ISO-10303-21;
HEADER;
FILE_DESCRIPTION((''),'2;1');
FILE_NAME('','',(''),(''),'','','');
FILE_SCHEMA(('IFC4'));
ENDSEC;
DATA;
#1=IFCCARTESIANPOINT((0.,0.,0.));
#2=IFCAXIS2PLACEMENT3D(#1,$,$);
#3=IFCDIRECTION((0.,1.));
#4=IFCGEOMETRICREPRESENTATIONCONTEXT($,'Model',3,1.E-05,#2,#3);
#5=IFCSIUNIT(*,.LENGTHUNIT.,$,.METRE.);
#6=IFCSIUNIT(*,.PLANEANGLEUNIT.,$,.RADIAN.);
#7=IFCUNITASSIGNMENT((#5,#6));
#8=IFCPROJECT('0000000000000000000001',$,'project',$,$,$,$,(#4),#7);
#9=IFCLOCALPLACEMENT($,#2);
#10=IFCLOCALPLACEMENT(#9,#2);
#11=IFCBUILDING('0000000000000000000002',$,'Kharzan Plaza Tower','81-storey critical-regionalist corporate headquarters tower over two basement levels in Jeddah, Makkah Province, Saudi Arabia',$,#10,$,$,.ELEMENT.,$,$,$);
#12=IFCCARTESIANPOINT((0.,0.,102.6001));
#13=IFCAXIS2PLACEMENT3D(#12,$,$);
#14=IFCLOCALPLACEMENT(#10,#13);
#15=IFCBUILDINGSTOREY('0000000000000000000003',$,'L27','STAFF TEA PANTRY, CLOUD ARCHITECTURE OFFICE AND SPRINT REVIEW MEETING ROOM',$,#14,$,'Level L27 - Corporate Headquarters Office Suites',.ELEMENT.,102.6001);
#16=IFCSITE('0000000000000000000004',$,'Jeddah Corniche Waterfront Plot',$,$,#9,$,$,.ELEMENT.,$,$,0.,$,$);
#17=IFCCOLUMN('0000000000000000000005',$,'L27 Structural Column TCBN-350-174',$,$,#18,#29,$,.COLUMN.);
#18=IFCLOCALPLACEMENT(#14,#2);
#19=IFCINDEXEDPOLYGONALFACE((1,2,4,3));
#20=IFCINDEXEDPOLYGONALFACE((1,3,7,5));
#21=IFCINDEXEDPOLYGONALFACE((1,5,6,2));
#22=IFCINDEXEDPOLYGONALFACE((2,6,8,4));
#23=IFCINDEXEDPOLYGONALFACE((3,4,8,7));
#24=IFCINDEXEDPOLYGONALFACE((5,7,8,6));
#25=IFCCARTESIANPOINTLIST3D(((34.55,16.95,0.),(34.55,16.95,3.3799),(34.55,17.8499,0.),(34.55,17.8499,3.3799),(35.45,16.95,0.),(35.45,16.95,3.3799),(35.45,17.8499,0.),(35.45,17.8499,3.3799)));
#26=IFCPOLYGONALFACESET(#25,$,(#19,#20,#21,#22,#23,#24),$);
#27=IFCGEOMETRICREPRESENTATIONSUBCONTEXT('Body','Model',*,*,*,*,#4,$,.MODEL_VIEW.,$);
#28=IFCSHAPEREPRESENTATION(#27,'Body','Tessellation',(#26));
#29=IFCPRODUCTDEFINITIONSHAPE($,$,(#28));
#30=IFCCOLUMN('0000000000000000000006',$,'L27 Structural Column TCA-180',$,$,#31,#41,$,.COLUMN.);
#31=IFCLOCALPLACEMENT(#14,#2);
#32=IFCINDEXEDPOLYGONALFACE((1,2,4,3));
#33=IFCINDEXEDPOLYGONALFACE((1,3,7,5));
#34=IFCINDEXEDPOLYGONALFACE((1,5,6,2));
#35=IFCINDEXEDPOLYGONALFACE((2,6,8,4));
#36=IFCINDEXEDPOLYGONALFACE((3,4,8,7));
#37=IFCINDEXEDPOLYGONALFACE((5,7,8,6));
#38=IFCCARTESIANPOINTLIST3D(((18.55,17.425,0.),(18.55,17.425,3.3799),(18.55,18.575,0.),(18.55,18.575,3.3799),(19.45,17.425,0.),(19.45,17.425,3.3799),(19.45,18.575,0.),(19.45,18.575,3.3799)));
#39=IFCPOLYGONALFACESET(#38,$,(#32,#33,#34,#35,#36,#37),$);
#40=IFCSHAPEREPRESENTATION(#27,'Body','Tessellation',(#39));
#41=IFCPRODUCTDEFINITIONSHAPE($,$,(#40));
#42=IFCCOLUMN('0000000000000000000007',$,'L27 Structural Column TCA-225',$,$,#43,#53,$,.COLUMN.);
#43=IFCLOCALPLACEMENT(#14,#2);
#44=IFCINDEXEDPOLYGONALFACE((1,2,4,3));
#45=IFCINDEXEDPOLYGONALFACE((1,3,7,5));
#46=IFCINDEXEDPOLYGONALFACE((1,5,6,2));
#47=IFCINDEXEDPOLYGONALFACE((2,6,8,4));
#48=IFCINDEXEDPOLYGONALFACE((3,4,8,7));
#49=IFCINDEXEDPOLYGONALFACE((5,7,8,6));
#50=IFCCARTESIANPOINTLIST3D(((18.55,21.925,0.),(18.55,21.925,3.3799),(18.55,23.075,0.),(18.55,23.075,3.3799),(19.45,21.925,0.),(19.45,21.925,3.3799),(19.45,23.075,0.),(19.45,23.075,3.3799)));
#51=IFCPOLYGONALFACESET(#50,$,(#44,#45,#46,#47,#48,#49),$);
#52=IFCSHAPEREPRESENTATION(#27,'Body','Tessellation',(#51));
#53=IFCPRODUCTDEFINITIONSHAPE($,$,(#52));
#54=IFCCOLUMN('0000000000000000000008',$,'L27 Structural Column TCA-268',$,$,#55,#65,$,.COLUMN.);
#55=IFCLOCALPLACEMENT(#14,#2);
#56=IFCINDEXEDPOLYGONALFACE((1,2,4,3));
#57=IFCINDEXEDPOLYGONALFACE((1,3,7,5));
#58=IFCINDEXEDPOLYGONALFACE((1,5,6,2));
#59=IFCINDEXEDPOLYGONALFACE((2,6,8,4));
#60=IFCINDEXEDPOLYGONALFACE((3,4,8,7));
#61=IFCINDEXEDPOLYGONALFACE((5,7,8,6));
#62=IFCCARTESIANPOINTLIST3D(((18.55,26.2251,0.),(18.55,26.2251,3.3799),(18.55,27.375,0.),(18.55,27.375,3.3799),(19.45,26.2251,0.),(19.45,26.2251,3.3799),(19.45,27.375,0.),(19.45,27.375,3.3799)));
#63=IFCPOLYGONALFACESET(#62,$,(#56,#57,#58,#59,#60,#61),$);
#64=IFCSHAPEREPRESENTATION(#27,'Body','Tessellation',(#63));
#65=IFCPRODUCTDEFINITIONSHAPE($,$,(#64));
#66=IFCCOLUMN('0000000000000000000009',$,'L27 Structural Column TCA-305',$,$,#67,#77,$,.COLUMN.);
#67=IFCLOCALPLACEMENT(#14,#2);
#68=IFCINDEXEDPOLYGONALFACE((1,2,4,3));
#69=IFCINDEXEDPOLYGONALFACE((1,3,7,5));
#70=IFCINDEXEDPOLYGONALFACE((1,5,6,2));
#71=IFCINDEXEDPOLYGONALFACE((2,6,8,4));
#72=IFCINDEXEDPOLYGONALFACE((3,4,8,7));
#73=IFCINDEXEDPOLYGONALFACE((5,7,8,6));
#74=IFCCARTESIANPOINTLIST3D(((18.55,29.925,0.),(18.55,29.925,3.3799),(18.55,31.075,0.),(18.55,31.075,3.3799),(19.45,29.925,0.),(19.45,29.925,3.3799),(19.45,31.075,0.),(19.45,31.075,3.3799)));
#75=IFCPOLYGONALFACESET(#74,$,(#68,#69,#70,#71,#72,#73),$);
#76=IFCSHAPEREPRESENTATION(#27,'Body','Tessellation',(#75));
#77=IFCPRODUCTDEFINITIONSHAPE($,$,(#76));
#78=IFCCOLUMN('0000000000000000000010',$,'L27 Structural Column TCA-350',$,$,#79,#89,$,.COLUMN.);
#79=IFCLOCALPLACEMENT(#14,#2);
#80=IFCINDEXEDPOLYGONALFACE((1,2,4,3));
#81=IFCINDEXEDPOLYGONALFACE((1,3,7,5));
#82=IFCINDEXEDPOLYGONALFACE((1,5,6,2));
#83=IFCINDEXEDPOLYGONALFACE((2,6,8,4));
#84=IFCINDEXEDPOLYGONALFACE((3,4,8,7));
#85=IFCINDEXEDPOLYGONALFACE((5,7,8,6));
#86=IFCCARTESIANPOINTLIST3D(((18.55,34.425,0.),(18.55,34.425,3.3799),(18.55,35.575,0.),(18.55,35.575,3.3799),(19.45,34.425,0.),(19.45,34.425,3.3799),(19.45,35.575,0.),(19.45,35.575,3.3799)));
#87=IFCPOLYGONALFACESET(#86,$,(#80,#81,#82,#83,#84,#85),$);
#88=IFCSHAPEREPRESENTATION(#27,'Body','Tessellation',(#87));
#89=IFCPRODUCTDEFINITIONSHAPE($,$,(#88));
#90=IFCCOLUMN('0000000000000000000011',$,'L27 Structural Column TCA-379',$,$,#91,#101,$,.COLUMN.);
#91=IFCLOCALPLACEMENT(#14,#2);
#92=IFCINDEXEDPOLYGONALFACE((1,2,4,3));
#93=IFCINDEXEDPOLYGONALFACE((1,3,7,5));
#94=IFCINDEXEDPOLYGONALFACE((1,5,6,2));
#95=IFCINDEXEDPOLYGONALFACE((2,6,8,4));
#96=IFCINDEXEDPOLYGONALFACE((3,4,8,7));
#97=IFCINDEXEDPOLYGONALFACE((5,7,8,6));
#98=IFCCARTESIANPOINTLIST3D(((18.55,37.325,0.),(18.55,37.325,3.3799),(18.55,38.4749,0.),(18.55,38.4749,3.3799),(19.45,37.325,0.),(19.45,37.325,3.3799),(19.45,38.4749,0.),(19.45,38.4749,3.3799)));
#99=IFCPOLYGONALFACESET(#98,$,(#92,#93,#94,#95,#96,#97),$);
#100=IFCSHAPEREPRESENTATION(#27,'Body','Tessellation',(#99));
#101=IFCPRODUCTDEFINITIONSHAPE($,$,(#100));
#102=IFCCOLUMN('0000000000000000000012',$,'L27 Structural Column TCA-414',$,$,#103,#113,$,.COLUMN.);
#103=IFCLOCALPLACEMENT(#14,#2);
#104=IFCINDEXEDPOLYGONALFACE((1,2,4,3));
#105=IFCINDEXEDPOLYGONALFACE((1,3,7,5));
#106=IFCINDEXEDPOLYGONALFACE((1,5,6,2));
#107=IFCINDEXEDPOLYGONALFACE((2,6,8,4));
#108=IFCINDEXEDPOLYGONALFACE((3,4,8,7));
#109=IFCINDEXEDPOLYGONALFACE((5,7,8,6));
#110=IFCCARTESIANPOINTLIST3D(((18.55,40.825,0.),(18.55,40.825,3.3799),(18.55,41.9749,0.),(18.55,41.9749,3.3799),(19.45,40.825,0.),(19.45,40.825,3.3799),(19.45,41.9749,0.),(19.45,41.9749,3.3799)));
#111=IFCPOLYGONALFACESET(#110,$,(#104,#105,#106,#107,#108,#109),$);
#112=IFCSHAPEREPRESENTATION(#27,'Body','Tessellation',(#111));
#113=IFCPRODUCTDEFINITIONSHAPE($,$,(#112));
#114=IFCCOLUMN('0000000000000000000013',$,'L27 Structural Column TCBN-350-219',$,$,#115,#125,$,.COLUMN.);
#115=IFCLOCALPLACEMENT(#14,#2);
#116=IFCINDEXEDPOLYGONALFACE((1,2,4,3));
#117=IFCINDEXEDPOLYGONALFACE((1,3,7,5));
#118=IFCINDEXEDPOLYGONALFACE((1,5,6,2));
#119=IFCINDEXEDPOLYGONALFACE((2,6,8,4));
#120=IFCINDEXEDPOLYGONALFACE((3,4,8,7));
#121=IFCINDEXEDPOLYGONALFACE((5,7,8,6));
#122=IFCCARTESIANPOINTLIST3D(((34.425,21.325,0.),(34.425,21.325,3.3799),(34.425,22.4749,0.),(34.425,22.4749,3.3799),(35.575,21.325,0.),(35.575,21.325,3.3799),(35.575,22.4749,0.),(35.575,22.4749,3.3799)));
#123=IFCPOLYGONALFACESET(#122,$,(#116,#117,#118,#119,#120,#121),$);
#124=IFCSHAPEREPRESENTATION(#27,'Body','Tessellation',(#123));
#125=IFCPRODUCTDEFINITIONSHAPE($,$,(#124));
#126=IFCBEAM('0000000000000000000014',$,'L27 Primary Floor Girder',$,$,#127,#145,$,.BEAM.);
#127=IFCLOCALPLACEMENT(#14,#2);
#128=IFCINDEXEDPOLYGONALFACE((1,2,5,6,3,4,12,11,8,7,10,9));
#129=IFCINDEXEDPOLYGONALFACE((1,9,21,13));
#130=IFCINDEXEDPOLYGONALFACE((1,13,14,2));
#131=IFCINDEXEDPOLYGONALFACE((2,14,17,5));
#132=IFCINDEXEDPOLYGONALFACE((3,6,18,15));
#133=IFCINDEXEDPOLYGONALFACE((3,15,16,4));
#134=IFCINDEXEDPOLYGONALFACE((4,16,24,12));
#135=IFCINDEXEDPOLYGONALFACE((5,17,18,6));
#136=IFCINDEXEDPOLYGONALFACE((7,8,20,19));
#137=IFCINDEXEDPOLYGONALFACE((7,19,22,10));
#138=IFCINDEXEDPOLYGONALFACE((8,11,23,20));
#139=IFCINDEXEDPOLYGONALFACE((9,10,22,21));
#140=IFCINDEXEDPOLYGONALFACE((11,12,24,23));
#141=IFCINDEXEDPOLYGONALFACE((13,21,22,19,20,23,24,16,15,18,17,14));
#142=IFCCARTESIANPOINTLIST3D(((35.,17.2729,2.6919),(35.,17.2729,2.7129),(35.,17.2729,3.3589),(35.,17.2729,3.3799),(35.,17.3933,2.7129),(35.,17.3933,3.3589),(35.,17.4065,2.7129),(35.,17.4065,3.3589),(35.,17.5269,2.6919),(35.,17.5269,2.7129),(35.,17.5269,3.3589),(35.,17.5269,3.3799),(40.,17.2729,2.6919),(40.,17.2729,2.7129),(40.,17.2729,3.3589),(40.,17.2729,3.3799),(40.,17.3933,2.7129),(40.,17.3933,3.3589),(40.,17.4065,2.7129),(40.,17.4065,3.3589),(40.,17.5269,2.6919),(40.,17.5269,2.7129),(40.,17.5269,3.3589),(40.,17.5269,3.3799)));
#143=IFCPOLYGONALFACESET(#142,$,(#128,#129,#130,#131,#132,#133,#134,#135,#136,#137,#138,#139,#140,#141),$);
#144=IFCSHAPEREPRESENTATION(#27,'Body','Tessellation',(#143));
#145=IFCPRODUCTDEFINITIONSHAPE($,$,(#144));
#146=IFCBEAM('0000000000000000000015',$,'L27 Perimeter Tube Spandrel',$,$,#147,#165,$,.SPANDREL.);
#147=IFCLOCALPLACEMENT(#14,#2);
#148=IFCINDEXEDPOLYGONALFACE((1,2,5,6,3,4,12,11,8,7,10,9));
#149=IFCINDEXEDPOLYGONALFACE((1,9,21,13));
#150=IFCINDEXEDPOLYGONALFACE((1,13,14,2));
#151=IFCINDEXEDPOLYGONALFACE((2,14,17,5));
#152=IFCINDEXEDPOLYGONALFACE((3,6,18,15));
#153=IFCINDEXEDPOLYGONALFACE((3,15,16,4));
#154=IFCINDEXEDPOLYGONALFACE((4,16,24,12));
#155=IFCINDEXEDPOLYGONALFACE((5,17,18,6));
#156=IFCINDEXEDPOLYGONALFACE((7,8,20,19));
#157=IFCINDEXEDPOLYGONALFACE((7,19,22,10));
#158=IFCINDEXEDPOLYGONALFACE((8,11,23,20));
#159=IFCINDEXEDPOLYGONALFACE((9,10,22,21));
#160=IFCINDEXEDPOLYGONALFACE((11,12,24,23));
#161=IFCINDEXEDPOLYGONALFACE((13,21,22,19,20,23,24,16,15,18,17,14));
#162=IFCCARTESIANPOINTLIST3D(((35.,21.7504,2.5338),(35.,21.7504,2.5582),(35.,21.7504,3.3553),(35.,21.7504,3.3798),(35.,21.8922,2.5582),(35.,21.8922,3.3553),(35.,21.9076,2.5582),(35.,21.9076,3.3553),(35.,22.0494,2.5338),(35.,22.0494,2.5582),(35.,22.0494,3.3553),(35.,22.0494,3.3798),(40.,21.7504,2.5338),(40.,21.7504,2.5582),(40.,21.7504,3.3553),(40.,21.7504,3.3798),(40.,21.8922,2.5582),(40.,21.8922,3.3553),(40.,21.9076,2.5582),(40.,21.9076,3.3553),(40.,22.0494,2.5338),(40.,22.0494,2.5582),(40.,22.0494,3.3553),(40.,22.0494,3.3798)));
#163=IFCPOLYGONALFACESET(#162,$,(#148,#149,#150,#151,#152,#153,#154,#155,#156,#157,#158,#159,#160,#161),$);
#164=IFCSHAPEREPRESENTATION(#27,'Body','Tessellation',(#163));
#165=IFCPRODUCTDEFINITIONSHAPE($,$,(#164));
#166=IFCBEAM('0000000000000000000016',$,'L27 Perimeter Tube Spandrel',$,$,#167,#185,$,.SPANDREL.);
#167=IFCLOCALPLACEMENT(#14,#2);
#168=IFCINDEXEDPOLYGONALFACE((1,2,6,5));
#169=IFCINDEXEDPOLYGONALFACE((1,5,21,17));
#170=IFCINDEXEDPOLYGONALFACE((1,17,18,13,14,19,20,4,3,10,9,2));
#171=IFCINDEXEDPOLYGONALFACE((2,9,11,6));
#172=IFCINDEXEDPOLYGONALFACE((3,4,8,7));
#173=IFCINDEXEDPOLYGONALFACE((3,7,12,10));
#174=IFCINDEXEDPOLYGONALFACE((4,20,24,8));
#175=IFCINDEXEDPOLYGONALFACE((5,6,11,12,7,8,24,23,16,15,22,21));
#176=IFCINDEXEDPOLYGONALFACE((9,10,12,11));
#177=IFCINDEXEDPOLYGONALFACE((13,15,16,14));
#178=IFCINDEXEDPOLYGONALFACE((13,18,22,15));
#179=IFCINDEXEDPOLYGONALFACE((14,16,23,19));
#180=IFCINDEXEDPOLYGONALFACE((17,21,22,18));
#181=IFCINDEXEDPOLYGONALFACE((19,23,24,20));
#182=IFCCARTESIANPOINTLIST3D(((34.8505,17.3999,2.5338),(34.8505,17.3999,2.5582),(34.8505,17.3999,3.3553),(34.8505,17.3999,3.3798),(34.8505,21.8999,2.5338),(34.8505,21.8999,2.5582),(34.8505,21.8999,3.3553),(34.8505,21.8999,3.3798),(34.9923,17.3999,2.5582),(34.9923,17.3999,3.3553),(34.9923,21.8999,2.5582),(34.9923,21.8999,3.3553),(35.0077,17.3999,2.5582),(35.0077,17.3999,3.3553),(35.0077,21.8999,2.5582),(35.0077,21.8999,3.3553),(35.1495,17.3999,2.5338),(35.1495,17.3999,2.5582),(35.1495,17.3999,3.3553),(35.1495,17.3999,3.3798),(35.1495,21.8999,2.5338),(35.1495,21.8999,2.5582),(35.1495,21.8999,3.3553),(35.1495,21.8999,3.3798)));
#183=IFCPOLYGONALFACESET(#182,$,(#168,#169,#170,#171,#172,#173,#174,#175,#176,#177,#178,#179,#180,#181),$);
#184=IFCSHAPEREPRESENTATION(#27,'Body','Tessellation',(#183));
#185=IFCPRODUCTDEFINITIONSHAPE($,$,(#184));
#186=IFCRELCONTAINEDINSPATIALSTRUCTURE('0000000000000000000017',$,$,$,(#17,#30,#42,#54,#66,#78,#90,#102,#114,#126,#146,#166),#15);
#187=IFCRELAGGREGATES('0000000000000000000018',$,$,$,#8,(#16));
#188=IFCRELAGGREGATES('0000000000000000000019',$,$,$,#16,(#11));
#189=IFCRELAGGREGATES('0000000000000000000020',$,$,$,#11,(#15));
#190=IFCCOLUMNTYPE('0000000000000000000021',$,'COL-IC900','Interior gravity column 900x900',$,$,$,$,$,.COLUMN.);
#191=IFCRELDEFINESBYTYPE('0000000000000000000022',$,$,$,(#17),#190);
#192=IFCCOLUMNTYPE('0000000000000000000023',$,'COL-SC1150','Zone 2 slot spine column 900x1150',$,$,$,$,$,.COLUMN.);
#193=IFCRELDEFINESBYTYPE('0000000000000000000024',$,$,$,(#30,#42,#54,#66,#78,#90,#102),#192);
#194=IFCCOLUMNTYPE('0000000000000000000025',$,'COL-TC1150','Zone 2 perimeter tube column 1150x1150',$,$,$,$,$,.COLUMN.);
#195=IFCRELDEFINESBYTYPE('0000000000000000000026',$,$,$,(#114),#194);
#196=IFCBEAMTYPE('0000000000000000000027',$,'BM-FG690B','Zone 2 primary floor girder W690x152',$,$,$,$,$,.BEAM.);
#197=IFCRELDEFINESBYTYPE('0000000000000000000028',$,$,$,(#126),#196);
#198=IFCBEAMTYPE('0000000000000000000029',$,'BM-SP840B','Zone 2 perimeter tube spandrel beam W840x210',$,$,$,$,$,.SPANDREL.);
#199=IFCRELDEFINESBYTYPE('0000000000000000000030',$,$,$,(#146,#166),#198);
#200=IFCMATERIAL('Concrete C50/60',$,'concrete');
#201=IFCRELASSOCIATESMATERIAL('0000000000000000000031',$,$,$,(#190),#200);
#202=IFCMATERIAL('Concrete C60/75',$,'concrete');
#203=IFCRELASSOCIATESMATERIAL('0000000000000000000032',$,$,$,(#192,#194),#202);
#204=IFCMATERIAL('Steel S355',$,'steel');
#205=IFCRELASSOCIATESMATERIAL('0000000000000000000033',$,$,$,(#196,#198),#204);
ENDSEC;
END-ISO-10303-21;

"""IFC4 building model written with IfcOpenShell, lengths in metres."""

from ifc_helpers import new_model, si_unit, direction, frame, origin, origin_2d, place, context, subcontext, project, spatial, rectangle, i_section, extrude, source, transform, mapped, material, material_profile, profile_set, type_object, element, save


model = new_model("IFC4")

# Units and contexts
model_context = context("Model", 3, precision=1e-05, world=origin(), true_north=direction((0.0, 1.0)))
body_context = subcontext(model_context, "Body", "Model", "MODEL_VIEW")
ifc_project = project(units=[si_unit("LENGTHUNIT", "METRE"), si_unit("PLANEANGLEUNIT", "RADIAN")], contexts=[model_context])

# Site, building, storey
site_placement = place(None, origin())
site = spatial("IfcSite", under=ifc_project, at=site_placement, Name="Jeddah Corniche Waterfront Plot", CompositionType="ELEMENT", RefElevation=0.0)
building_placement = place(site_placement, origin())
building = spatial("IfcBuilding", under=site, at=building_placement, Name="Kharzan Plaza Tower", Description="81-storey critical-regionalist corporate headquarters tower over two basement levels in Jeddah, Makkah Province, Saudi Arabia", CompositionType="ELEMENT")
storey_placement = place(building_placement, frame((0.0, 0.0, 102.6001)))
storey = spatial("IfcBuildingStorey", under=building, at=storey_placement, Name="L27", Description="STAFF TEA PANTRY, CLOUD ARCHITECTURE OFFICE AND SPRINT REVIEW MEETING ROOM", LongName="Level L27 - Corporate Headquarters Office Suites", CompositionType="ELEMENT", Elevation=102.6001)

# Columns
ifc_material_1 = material(Name="Concrete C50/60", Category="concrete")
ifc_material_profile_1 = material_profile(ifc_material_1, rectangle(XDim=0.8999, YDim=0.8999, at=origin_2d()), Name="RC-IC900x900")
ifc_profile_set_1 = profile_set([ifc_material_profile_1], Name="Concrete C50/60")
column_type_1 = type_object("IfcColumnType", Name="COL-IC900", Description="Interior gravity column 900x900", PredefinedType="COLUMN", material=ifc_profile_set_1)
shared_shape_1 = source(origin(), body_context, "Body", "SweptSolid", [
    extrude(rectangle(XDim=0.8999, YDim=0.8999, at=origin_2d()), origin(), (0.0, 0.0, 1.0), 3.3799),
])
column_1_placement = place(storey_placement, frame((35.0, 17.3999, 0.0), z_axis=(0.0, 0.0, 1.0), x_axis=(1.0, 0.0, 0.0)))
element("IfcColumn", 1, at=column_1_placement, inside=storey, type_object=column_type_1, Name="L27 Structural Column TCBN-350-174", PredefinedType="COLUMN", context=body_context, shape_type="MappedRepresentation", body=[
    mapped(shared_shape_1, transform((0.0, 0.0, 0.0), x_axis=(1.0, 0.0, 0.0), y_axis=(0.0, 1.0, 0.0), z_axis=(0.0, 0.0, 1.0))),
])
ifc_material_2 = material(Name="Concrete C60/75", Category="concrete")
ifc_material_profile_2 = material_profile(ifc_material_2, rectangle(XDim=0.8999, YDim=1.1499, at=origin_2d()), Name="RC-SC1150x900")
ifc_profile_set_2 = profile_set([ifc_material_profile_2], Name="Concrete C60/75")
column_type_2 = type_object("IfcColumnType", Name="COL-SC1150", Description="Zone 2 slot spine column 900x1150", PredefinedType="COLUMN", material=ifc_profile_set_2)
shared_shape_2 = source(origin(), body_context, "Body", "SweptSolid", [
    extrude(rectangle(XDim=0.8999, YDim=1.1499, at=origin_2d()), origin(), (0.0, 0.0, 1.0), 3.3799),
])
for number, where, z_axis, x_axis, name in (
    (2, (19.0, 18.0, 0.0), (0.0, 0.0, 1.0), (1.0, 0.0, 0.0), "L27 Structural Column TCA-180"),
    (3, (19.0, 22.5, 0.0), (0.0, 0.0, 1.0), (1.0, 0.0, 0.0), "L27 Structural Column TCA-225"),
    (4, (19.0, 26.8, 0.0), (0.0, 0.0, 1.0), (1.0, 0.0, 0.0), "L27 Structural Column TCA-268"),
    (5, (19.0, 30.5, 0.0), (0.0, 0.0, 1.0), (1.0, 0.0, 0.0), "L27 Structural Column TCA-305"),
    (6, (19.0, 35.0, 0.0), (0.0, 0.0, 1.0), (1.0, 0.0, 0.0), "L27 Structural Column TCA-350"),
    (7, (19.0, 37.8999, 0.0), (0.0, 0.0, 1.0), (1.0, 0.0, 0.0), "L27 Structural Column TCA-379"),
    (8, (19.0, 41.3999, 0.0), (0.0, 0.0, 1.0), (1.0, 0.0, 0.0), "L27 Structural Column TCA-414"),
):
    element("IfcColumn", number, at=place(storey_placement, frame(where, z_axis=z_axis, x_axis=x_axis)), inside=storey, type_object=column_type_2, Name=name, PredefinedType="COLUMN", context=body_context, shape_type="MappedRepresentation", body=[
        mapped(shared_shape_2, transform((0.0, 0.0, 0.0), x_axis=(1.0, 0.0, 0.0), y_axis=(0.0, 1.0, 0.0), z_axis=(0.0, 0.0, 1.0))),
    ])
ifc_material_profile_3 = material_profile(ifc_material_2, rectangle(XDim=1.1499, YDim=1.1499, at=origin_2d()), Name="RC-TC1150x1150")
ifc_profile_set_3 = profile_set([ifc_material_profile_3], Name="Concrete C60/75")
column_type_3 = type_object("IfcColumnType", Name="COL-TC1150", Description="Zone 2 perimeter tube column 1150x1150", PredefinedType="COLUMN", material=ifc_profile_set_3)
shared_shape_3 = source(origin(), body_context, "Body", "SweptSolid", [
    extrude(rectangle(XDim=1.1499, YDim=1.1499, at=origin_2d()), origin(), (0.0, 0.0, 1.0), 3.3799),
])
column_2_placement = place(storey_placement, frame((35.0, 21.8999, 0.0), z_axis=(0.0, 0.0, 1.0), x_axis=(1.0, 0.0, 0.0)))
element("IfcColumn", 9, at=column_2_placement, inside=storey, type_object=column_type_3, Name="L27 Structural Column TCBN-350-219", PredefinedType="COLUMN", context=body_context, shape_type="MappedRepresentation", body=[
    mapped(shared_shape_3, transform((0.0, 0.0, 0.0), x_axis=(1.0, 0.0, 0.0), y_axis=(0.0, 1.0, 0.0), z_axis=(0.0, 0.0, 1.0))),
])

# Beams
ifc_material_3 = material(Name="Steel S355", Category="steel")
ifc_material_profile_4 = material_profile(ifc_material_3, i_section(OverallWidth=0.2539, OverallDepth=0.688, WebThickness=0.0132, FlangeThickness=0.021, at=origin_2d()), Name="W690x152")
ifc_profile_set_4 = profile_set([ifc_material_profile_4], Name="Steel S355")
beam_type_1 = type_object("IfcBeamType", Name="BM-FG690B", Description="Zone 2 primary floor girder W690x152", PredefinedType="BEAM", material=ifc_profile_set_4)
shared_shape_4 = source(origin(), body_context, "Body", "SweptSolid", [
    extrude(i_section(OverallWidth=0.2539, OverallDepth=0.688, WebThickness=0.0132, FlangeThickness=0.021, at=origin_2d()), origin(), (0.0, 0.0, 1.0), 5.0),
])
beam_1_placement = place(storey_placement, frame((35.0, 17.3999, 3.0359), z_axis=(1.0, 0.0, 0.0), x_axis=(0.0, 1.0, 0.0)))
element("IfcBeam", 10, at=beam_1_placement, inside=storey, type_object=beam_type_1, Name="L27 Primary Floor Girder", PredefinedType="BEAM", context=body_context, shape_type="MappedRepresentation", body=[
    mapped(shared_shape_4, transform((0.0, 0.0, 0.0), x_axis=(1.0, 0.0, 0.0), y_axis=(0.0, 1.0, 0.0), z_axis=(0.0, 0.0, 1.0))),
])
ifc_material_profile_5 = material_profile(ifc_material_3, i_section(OverallWidth=0.2991, OverallDepth=0.8459, WebThickness=0.0154, FlangeThickness=0.0244, at=origin_2d()), Name="W840x210")
ifc_profile_set_5 = profile_set([ifc_material_profile_5], Name="Steel S355")
beam_type_2 = type_object("IfcBeamType", Name="BM-SP840B", Description="Zone 2 perimeter tube spandrel beam W840x210", PredefinedType="SPANDREL", material=ifc_profile_set_5)
shared_shape_5 = source(origin(), body_context, "Body", "SweptSolid", [
    extrude(i_section(OverallWidth=0.2991, OverallDepth=0.8459, WebThickness=0.0154, FlangeThickness=0.0244, at=origin_2d()), origin(), (0.0, 0.0, 1.0), 5.0),
])
beam_2_placement = place(storey_placement, frame((35.0, 21.8999, 2.9568), z_axis=(1.0, 0.0, 0.0), x_axis=(0.0, 1.0, 0.0)))
element("IfcBeam", 11, at=beam_2_placement, inside=storey, type_object=beam_type_2, Name="L27 Perimeter Tube Spandrel", PredefinedType="SPANDREL", context=body_context, shape_type="MappedRepresentation", body=[
    mapped(shared_shape_5, transform((0.0, 0.0, 0.0), x_axis=(1.0, 0.0, 0.0), y_axis=(0.0, 1.0, 0.0), z_axis=(0.0, 0.0, 1.0))),
])
shared_shape_6 = source(origin(), body_context, "Body", "SweptSolid", [
    extrude(i_section(OverallWidth=0.2991, OverallDepth=0.8459, WebThickness=0.0154, FlangeThickness=0.0244, at=origin_2d()), origin(), (0.0, 0.0, 1.0), 4.5),
])
beam_3_placement = place(storey_placement, frame((35.0, 17.3999, 2.9568), z_axis=(0.0, 1.0, 0.0), x_axis=(-1.0, 0.0, 0.0)))
element("IfcBeam", 12, at=beam_3_placement, inside=storey, type_object=beam_type_2, Name="L27 Perimeter Tube Spandrel", PredefinedType="SPANDREL", context=body_context, shape_type="MappedRepresentation", body=[
    mapped(shared_shape_6, transform((0.0, 0.0, 0.0), x_axis=(1.0, 0.0, 0.0), y_axis=(0.0, 1.0, 0.0), z_axis=(0.0, 0.0, 1.0))),
])

save(model, "model.ifc")
